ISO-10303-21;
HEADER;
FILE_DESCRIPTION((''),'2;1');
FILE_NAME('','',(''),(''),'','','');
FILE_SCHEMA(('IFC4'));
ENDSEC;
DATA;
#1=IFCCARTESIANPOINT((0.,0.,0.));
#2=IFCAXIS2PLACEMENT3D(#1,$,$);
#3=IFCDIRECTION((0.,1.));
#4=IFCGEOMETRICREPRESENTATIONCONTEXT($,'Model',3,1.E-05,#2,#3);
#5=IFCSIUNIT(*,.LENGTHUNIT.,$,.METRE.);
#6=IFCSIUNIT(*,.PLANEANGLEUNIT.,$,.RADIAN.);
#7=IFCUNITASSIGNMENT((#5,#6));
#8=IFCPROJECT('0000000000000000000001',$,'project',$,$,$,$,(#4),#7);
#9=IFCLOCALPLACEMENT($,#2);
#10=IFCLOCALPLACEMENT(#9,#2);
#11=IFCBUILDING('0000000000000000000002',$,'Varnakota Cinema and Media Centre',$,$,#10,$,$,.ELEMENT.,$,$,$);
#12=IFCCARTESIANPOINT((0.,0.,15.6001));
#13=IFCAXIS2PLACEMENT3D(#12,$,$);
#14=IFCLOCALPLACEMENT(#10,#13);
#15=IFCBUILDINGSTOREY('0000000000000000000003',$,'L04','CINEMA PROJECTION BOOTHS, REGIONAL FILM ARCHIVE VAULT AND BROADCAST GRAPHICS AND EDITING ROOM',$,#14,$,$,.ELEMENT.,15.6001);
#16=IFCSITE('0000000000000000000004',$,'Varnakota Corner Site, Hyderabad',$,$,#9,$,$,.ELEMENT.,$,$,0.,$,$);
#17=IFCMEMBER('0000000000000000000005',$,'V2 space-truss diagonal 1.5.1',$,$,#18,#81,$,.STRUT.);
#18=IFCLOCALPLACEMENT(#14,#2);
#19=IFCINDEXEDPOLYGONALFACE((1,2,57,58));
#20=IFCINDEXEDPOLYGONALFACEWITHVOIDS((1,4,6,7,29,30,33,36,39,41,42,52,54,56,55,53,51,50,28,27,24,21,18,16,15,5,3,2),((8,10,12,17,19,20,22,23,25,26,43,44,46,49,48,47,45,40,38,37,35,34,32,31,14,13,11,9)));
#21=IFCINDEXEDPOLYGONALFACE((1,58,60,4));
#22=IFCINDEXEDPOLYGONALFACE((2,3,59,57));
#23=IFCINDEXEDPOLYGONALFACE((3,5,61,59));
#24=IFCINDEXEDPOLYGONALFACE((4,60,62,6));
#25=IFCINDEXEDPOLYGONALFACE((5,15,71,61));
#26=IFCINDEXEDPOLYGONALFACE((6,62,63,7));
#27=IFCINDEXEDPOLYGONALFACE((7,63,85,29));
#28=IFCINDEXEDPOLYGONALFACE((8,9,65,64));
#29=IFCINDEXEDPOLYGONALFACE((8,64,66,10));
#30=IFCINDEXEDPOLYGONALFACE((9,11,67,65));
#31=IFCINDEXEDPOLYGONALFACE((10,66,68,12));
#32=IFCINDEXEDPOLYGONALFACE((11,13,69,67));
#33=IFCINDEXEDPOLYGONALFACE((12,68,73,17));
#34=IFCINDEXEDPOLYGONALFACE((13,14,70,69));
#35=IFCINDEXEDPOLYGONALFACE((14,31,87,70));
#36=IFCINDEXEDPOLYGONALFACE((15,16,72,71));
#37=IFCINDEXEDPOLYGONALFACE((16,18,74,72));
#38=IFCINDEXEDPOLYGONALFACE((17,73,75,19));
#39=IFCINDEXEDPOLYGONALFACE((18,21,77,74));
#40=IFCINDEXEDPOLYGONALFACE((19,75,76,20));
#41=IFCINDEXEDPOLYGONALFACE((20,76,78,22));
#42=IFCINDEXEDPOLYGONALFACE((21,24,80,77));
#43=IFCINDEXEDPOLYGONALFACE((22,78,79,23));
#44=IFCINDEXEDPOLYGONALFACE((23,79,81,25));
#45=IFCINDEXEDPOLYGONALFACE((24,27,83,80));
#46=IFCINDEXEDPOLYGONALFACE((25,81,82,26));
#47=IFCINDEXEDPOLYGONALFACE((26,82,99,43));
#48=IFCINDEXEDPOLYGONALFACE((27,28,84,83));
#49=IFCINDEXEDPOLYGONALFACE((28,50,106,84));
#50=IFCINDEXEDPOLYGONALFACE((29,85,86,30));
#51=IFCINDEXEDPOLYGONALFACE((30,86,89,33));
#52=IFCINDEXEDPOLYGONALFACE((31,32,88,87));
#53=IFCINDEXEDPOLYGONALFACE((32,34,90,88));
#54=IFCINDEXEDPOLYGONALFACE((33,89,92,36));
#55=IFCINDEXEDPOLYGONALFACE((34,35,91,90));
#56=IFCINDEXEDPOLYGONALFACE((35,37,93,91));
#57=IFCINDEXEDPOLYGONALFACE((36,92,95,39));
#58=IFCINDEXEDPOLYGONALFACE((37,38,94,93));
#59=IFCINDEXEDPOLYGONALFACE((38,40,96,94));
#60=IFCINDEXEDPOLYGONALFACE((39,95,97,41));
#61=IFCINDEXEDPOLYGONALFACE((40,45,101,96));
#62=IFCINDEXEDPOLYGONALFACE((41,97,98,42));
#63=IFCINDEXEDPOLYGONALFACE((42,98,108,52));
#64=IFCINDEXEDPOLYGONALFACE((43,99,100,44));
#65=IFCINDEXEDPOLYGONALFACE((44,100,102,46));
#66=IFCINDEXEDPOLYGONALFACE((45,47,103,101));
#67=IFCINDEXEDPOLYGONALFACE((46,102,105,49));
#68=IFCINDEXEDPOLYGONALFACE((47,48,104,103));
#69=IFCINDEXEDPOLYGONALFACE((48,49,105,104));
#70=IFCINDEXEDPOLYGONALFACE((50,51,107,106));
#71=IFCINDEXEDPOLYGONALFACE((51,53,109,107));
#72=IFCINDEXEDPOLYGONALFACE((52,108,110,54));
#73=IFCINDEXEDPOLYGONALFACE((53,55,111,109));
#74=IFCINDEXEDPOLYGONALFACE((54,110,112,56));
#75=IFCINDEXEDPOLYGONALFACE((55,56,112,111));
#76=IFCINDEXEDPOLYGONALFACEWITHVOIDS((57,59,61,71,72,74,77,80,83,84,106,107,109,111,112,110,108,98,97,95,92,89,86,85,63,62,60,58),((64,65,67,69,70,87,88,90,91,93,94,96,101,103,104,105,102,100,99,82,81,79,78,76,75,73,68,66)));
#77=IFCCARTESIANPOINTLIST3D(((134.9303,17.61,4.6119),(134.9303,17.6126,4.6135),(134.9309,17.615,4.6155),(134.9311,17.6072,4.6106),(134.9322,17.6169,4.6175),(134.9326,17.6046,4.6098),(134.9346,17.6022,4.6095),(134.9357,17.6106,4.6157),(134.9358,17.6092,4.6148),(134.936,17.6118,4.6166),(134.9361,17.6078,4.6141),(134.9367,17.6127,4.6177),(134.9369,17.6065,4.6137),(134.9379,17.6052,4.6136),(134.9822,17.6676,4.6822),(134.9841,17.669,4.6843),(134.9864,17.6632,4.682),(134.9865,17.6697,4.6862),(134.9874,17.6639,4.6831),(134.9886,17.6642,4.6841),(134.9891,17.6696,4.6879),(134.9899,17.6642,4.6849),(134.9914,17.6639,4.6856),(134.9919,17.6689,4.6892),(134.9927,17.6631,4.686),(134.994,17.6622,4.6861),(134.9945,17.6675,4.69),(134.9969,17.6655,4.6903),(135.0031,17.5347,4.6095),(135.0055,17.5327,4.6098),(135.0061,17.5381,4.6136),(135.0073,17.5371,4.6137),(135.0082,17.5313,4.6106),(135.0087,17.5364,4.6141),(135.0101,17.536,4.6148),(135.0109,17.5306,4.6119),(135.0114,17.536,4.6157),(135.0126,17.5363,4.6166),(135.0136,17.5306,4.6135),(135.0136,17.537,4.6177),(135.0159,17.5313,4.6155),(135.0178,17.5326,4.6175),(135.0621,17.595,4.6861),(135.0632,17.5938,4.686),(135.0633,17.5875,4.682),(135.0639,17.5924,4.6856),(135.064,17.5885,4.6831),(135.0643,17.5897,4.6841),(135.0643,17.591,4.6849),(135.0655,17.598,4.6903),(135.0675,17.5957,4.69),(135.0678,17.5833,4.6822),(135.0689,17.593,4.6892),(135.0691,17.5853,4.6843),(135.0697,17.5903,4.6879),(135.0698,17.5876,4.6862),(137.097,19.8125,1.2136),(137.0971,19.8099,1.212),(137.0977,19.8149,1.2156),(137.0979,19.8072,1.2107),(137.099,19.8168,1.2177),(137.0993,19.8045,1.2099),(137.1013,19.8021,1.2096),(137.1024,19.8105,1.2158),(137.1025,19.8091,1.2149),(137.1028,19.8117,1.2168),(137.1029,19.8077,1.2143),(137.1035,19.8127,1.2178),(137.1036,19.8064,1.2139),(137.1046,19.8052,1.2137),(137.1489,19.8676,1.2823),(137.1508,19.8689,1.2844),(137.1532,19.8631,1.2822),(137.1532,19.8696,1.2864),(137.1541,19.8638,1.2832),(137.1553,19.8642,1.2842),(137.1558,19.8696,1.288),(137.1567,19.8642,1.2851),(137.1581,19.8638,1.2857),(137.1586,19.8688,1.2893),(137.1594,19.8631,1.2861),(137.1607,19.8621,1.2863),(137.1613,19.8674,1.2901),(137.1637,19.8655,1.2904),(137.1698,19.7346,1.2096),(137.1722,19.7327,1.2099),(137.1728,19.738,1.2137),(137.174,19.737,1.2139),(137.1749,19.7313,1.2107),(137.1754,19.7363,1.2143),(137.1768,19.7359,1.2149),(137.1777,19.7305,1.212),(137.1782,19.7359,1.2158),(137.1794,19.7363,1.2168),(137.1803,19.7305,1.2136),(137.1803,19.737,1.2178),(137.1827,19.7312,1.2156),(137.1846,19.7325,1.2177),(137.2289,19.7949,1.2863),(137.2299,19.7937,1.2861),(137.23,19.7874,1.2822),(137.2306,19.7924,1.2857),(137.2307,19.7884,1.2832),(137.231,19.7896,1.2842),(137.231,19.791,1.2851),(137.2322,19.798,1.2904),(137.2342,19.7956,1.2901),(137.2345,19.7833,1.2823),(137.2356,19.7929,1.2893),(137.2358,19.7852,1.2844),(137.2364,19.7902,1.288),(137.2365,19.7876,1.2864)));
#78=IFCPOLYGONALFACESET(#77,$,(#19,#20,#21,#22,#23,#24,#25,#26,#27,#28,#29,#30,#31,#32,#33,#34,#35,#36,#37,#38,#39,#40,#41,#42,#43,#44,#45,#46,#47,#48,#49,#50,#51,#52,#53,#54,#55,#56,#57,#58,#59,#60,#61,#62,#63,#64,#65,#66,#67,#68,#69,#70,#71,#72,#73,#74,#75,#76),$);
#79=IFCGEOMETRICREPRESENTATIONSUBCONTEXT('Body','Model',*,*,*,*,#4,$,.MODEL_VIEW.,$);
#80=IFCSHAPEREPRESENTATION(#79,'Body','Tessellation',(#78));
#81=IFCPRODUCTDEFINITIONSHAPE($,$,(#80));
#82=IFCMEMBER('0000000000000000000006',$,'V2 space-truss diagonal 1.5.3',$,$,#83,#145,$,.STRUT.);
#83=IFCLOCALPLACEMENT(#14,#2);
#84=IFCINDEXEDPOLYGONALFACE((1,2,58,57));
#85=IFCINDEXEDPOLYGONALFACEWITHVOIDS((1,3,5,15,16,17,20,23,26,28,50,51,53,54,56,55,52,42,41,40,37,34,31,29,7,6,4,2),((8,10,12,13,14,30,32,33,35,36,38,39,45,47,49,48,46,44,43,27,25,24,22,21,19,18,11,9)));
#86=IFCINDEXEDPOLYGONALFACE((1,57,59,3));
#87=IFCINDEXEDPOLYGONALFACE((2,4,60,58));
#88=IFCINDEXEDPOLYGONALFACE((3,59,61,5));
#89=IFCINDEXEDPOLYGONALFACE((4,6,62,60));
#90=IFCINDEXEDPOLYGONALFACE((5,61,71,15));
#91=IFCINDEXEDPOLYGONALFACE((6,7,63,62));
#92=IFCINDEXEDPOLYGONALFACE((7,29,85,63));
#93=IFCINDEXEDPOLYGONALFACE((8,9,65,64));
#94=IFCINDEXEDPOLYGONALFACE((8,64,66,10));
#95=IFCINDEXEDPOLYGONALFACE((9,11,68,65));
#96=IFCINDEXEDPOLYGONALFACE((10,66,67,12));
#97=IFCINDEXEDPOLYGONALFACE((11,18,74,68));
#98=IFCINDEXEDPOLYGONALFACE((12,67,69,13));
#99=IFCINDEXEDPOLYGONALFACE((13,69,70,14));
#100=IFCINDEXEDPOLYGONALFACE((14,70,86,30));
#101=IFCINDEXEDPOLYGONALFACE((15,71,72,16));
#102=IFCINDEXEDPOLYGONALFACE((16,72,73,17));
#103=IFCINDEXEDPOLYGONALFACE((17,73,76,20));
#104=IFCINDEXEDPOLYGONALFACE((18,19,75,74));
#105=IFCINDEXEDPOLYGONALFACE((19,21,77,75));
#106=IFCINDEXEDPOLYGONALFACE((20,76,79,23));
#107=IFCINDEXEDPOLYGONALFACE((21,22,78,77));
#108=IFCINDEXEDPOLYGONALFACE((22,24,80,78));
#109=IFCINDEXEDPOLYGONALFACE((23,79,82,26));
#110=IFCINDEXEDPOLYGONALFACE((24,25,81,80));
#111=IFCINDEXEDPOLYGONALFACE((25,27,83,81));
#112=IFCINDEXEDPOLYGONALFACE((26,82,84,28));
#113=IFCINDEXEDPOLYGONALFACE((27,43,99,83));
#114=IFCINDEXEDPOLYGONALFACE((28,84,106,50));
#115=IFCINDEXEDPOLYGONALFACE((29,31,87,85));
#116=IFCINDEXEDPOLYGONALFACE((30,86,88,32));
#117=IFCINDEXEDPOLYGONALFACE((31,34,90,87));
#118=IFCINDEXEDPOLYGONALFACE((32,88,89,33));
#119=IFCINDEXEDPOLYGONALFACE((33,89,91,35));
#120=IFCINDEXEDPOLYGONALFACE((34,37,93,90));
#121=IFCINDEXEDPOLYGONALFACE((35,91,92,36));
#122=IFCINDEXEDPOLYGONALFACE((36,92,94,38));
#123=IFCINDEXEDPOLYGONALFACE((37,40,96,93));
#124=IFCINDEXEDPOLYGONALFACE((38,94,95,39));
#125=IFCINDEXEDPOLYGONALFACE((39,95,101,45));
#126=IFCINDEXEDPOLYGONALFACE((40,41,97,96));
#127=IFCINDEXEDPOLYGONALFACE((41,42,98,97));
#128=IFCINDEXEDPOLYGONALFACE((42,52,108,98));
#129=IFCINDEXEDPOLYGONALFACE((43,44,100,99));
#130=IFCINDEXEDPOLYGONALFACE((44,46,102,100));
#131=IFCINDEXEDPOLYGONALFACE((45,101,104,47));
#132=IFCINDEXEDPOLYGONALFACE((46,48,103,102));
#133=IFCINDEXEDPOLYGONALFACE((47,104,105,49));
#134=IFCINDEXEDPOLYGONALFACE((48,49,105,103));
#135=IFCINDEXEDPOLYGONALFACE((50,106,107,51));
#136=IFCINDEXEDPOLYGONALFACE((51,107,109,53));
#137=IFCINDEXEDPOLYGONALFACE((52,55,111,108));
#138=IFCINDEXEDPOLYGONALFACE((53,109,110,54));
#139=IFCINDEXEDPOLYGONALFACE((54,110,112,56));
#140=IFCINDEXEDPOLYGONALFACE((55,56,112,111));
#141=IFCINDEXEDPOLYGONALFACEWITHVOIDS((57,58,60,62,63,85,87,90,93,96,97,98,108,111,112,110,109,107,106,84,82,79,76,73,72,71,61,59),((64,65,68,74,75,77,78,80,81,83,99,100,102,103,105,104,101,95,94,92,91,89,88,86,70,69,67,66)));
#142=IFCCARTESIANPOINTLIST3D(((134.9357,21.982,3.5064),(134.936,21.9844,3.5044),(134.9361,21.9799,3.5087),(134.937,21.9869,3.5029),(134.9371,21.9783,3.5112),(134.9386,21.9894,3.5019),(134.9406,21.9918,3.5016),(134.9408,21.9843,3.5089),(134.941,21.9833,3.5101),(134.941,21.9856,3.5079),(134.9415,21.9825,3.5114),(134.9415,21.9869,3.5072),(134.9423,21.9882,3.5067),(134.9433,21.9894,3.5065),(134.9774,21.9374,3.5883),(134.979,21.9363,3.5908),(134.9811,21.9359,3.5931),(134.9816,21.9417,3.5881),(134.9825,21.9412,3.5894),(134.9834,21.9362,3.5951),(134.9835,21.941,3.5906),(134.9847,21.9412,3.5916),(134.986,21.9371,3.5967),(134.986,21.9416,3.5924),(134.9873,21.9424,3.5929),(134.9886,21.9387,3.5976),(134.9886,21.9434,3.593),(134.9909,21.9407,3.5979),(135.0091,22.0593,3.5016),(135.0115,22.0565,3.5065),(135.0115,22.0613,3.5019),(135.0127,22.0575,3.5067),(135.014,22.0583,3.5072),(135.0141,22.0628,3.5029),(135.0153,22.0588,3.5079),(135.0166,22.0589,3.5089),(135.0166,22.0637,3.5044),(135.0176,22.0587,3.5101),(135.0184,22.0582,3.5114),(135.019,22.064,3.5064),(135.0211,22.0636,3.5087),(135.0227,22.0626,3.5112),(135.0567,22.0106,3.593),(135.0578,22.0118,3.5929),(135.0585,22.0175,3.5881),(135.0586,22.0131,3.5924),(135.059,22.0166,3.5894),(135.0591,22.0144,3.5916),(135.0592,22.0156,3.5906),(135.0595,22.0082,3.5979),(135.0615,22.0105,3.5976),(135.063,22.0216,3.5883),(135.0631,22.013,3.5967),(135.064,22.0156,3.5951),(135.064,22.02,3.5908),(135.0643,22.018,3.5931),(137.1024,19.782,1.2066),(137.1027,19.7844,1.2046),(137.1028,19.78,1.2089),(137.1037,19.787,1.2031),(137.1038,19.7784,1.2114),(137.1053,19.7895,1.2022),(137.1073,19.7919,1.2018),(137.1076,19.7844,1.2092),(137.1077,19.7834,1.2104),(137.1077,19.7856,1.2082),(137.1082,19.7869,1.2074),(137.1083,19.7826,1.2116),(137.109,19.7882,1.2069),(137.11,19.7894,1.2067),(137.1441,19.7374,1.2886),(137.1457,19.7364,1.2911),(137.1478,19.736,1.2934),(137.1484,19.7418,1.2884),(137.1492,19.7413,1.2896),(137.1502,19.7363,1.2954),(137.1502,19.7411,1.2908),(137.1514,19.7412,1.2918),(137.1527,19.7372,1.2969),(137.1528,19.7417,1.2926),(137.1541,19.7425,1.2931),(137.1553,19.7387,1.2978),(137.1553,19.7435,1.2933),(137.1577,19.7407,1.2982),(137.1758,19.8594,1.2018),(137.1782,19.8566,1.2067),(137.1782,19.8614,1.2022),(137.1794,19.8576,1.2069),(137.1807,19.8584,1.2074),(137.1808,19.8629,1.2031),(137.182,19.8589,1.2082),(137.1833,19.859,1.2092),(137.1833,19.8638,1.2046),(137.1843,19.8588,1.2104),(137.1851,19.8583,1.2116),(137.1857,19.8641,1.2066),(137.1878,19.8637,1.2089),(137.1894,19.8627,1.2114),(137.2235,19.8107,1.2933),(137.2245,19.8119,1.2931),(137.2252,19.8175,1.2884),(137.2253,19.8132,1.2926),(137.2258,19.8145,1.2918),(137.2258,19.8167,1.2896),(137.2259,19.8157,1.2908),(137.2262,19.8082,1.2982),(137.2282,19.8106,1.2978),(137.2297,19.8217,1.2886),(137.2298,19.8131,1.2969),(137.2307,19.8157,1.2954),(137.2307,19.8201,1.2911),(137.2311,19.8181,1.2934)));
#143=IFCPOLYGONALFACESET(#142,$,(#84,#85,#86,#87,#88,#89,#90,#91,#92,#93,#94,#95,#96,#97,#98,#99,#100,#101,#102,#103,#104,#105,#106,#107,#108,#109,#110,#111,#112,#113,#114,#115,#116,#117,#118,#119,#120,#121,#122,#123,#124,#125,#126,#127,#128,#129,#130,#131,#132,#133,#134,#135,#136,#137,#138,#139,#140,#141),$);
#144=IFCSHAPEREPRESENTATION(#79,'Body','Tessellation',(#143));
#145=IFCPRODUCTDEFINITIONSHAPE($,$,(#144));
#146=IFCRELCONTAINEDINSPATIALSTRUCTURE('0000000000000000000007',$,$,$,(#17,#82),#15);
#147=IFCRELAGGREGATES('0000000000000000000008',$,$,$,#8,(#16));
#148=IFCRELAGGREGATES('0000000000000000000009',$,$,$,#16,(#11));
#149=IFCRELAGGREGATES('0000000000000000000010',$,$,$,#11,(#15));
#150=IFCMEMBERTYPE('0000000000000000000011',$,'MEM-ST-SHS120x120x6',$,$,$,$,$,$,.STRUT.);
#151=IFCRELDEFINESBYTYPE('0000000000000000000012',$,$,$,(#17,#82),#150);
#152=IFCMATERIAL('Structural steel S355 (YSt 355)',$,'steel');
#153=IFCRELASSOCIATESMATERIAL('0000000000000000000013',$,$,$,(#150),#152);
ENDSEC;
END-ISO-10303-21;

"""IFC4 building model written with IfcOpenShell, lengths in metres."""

from ifc_helpers import new_model, si_unit, direction, frame, origin, origin_2d, place, context, subcontext, project, spatial, hollow_rectangle, extrude, material, material_profile, profile_set, type_object, element, save


model = new_model("IFC4")

# Units and contexts
model_context = context("Model", 3, precision=1e-05, world=origin(), true_north=direction((0.0, 1.0)))
body_context = subcontext(model_context, "Body", "Model", "MODEL_VIEW")
ifc_project = project(units=[si_unit("LENGTHUNIT", "METRE"), si_unit("PLANEANGLEUNIT", "RADIAN")], contexts=[model_context])

# Site, building, storey
site_placement = place(None, origin())
site = spatial("IfcSite", under=ifc_project, at=site_placement, Name="Varnakota Corner Site, Hyderabad", CompositionType="ELEMENT", RefElevation=0.0)
building_placement = place(site_placement, origin())
building = spatial("IfcBuilding", under=site, at=building_placement, Name="Varnakota Cinema and Media Centre", CompositionType="ELEMENT")
storey_placement = place(building_placement, frame((0.0, 0.0, 15.6001)))
storey = spatial("IfcBuildingStorey", under=building, at=storey_placement, Name="L04", Description="CINEMA PROJECTION BOOTHS, REGIONAL FILM ARCHIVE VAULT AND BROADCAST GRAPHICS AND EDITING ROOM", CompositionType="ELEMENT", Elevation=15.6001)

# Members
ifc_material_1 = material(Name="Structural steel S355 (YSt 355)", Category="steel")
ifc_material_profile_1 = material_profile(ifc_material_1, hollow_rectangle(XDim=0.1201, YDim=0.1201, WallThickness=0.0061, InnerFilletRadius=0.0061, OuterFilletRadius=0.012, at=origin_2d()), Name="SHS 120x120x6")
ifc_profile_set_1 = profile_set([ifc_material_profile_1], Name="Structural steel S355 (YSt 355)")
member_type_1 = type_object("IfcMemberType", Name="MEM-ST-SHS120x120x6", PredefinedType="STRUT", material=ifc_profile_set_1)
member_1_placement = place(storey_placement, frame((137.1667, 19.8, 1.25), z_axis=(-0.471769, -0.478999, 0.740266), x_axis=(0.712463, -0.70171, 0.0)))
element("IfcMember", 1, at=member_1_placement, inside=storey, type_object=member_type_1, Name="V2 space-truss diagonal 1.5.1", PredefinedType="STRUT", context=body_context, shape_type="SweptSolid", body=[
    extrude(hollow_rectangle(XDim=0.1201, YDim=0.1201, WallThickness=0.0061, InnerFilletRadius=0.0061, OuterFilletRadius=0.012, at=origin_2d()), origin(), (0.0, 0.0, 1.0), 4.5928),
])
member_2_placement = place(storey_placement, frame((137.1667, 19.8, 1.25), z_axis=(-0.562769, 0.571393, 0.597328), x_axis=(-0.712463, -0.70171, 0.0)))
element("IfcMember", 2, at=member_2_placement, inside=storey, type_object=member_type_1, Name="V2 space-truss diagonal 1.5.3", PredefinedType="STRUT", context=body_context, shape_type="SweptSolid", body=[
    extrude(hollow_rectangle(XDim=0.1201, YDim=0.1201, WallThickness=0.0061, InnerFilletRadius=0.0061, OuterFilletRadius=0.012, at=origin_2d()), origin(), (0.0, 0.0, 1.0), 3.8501),
])

save(model, "model.ifc")
